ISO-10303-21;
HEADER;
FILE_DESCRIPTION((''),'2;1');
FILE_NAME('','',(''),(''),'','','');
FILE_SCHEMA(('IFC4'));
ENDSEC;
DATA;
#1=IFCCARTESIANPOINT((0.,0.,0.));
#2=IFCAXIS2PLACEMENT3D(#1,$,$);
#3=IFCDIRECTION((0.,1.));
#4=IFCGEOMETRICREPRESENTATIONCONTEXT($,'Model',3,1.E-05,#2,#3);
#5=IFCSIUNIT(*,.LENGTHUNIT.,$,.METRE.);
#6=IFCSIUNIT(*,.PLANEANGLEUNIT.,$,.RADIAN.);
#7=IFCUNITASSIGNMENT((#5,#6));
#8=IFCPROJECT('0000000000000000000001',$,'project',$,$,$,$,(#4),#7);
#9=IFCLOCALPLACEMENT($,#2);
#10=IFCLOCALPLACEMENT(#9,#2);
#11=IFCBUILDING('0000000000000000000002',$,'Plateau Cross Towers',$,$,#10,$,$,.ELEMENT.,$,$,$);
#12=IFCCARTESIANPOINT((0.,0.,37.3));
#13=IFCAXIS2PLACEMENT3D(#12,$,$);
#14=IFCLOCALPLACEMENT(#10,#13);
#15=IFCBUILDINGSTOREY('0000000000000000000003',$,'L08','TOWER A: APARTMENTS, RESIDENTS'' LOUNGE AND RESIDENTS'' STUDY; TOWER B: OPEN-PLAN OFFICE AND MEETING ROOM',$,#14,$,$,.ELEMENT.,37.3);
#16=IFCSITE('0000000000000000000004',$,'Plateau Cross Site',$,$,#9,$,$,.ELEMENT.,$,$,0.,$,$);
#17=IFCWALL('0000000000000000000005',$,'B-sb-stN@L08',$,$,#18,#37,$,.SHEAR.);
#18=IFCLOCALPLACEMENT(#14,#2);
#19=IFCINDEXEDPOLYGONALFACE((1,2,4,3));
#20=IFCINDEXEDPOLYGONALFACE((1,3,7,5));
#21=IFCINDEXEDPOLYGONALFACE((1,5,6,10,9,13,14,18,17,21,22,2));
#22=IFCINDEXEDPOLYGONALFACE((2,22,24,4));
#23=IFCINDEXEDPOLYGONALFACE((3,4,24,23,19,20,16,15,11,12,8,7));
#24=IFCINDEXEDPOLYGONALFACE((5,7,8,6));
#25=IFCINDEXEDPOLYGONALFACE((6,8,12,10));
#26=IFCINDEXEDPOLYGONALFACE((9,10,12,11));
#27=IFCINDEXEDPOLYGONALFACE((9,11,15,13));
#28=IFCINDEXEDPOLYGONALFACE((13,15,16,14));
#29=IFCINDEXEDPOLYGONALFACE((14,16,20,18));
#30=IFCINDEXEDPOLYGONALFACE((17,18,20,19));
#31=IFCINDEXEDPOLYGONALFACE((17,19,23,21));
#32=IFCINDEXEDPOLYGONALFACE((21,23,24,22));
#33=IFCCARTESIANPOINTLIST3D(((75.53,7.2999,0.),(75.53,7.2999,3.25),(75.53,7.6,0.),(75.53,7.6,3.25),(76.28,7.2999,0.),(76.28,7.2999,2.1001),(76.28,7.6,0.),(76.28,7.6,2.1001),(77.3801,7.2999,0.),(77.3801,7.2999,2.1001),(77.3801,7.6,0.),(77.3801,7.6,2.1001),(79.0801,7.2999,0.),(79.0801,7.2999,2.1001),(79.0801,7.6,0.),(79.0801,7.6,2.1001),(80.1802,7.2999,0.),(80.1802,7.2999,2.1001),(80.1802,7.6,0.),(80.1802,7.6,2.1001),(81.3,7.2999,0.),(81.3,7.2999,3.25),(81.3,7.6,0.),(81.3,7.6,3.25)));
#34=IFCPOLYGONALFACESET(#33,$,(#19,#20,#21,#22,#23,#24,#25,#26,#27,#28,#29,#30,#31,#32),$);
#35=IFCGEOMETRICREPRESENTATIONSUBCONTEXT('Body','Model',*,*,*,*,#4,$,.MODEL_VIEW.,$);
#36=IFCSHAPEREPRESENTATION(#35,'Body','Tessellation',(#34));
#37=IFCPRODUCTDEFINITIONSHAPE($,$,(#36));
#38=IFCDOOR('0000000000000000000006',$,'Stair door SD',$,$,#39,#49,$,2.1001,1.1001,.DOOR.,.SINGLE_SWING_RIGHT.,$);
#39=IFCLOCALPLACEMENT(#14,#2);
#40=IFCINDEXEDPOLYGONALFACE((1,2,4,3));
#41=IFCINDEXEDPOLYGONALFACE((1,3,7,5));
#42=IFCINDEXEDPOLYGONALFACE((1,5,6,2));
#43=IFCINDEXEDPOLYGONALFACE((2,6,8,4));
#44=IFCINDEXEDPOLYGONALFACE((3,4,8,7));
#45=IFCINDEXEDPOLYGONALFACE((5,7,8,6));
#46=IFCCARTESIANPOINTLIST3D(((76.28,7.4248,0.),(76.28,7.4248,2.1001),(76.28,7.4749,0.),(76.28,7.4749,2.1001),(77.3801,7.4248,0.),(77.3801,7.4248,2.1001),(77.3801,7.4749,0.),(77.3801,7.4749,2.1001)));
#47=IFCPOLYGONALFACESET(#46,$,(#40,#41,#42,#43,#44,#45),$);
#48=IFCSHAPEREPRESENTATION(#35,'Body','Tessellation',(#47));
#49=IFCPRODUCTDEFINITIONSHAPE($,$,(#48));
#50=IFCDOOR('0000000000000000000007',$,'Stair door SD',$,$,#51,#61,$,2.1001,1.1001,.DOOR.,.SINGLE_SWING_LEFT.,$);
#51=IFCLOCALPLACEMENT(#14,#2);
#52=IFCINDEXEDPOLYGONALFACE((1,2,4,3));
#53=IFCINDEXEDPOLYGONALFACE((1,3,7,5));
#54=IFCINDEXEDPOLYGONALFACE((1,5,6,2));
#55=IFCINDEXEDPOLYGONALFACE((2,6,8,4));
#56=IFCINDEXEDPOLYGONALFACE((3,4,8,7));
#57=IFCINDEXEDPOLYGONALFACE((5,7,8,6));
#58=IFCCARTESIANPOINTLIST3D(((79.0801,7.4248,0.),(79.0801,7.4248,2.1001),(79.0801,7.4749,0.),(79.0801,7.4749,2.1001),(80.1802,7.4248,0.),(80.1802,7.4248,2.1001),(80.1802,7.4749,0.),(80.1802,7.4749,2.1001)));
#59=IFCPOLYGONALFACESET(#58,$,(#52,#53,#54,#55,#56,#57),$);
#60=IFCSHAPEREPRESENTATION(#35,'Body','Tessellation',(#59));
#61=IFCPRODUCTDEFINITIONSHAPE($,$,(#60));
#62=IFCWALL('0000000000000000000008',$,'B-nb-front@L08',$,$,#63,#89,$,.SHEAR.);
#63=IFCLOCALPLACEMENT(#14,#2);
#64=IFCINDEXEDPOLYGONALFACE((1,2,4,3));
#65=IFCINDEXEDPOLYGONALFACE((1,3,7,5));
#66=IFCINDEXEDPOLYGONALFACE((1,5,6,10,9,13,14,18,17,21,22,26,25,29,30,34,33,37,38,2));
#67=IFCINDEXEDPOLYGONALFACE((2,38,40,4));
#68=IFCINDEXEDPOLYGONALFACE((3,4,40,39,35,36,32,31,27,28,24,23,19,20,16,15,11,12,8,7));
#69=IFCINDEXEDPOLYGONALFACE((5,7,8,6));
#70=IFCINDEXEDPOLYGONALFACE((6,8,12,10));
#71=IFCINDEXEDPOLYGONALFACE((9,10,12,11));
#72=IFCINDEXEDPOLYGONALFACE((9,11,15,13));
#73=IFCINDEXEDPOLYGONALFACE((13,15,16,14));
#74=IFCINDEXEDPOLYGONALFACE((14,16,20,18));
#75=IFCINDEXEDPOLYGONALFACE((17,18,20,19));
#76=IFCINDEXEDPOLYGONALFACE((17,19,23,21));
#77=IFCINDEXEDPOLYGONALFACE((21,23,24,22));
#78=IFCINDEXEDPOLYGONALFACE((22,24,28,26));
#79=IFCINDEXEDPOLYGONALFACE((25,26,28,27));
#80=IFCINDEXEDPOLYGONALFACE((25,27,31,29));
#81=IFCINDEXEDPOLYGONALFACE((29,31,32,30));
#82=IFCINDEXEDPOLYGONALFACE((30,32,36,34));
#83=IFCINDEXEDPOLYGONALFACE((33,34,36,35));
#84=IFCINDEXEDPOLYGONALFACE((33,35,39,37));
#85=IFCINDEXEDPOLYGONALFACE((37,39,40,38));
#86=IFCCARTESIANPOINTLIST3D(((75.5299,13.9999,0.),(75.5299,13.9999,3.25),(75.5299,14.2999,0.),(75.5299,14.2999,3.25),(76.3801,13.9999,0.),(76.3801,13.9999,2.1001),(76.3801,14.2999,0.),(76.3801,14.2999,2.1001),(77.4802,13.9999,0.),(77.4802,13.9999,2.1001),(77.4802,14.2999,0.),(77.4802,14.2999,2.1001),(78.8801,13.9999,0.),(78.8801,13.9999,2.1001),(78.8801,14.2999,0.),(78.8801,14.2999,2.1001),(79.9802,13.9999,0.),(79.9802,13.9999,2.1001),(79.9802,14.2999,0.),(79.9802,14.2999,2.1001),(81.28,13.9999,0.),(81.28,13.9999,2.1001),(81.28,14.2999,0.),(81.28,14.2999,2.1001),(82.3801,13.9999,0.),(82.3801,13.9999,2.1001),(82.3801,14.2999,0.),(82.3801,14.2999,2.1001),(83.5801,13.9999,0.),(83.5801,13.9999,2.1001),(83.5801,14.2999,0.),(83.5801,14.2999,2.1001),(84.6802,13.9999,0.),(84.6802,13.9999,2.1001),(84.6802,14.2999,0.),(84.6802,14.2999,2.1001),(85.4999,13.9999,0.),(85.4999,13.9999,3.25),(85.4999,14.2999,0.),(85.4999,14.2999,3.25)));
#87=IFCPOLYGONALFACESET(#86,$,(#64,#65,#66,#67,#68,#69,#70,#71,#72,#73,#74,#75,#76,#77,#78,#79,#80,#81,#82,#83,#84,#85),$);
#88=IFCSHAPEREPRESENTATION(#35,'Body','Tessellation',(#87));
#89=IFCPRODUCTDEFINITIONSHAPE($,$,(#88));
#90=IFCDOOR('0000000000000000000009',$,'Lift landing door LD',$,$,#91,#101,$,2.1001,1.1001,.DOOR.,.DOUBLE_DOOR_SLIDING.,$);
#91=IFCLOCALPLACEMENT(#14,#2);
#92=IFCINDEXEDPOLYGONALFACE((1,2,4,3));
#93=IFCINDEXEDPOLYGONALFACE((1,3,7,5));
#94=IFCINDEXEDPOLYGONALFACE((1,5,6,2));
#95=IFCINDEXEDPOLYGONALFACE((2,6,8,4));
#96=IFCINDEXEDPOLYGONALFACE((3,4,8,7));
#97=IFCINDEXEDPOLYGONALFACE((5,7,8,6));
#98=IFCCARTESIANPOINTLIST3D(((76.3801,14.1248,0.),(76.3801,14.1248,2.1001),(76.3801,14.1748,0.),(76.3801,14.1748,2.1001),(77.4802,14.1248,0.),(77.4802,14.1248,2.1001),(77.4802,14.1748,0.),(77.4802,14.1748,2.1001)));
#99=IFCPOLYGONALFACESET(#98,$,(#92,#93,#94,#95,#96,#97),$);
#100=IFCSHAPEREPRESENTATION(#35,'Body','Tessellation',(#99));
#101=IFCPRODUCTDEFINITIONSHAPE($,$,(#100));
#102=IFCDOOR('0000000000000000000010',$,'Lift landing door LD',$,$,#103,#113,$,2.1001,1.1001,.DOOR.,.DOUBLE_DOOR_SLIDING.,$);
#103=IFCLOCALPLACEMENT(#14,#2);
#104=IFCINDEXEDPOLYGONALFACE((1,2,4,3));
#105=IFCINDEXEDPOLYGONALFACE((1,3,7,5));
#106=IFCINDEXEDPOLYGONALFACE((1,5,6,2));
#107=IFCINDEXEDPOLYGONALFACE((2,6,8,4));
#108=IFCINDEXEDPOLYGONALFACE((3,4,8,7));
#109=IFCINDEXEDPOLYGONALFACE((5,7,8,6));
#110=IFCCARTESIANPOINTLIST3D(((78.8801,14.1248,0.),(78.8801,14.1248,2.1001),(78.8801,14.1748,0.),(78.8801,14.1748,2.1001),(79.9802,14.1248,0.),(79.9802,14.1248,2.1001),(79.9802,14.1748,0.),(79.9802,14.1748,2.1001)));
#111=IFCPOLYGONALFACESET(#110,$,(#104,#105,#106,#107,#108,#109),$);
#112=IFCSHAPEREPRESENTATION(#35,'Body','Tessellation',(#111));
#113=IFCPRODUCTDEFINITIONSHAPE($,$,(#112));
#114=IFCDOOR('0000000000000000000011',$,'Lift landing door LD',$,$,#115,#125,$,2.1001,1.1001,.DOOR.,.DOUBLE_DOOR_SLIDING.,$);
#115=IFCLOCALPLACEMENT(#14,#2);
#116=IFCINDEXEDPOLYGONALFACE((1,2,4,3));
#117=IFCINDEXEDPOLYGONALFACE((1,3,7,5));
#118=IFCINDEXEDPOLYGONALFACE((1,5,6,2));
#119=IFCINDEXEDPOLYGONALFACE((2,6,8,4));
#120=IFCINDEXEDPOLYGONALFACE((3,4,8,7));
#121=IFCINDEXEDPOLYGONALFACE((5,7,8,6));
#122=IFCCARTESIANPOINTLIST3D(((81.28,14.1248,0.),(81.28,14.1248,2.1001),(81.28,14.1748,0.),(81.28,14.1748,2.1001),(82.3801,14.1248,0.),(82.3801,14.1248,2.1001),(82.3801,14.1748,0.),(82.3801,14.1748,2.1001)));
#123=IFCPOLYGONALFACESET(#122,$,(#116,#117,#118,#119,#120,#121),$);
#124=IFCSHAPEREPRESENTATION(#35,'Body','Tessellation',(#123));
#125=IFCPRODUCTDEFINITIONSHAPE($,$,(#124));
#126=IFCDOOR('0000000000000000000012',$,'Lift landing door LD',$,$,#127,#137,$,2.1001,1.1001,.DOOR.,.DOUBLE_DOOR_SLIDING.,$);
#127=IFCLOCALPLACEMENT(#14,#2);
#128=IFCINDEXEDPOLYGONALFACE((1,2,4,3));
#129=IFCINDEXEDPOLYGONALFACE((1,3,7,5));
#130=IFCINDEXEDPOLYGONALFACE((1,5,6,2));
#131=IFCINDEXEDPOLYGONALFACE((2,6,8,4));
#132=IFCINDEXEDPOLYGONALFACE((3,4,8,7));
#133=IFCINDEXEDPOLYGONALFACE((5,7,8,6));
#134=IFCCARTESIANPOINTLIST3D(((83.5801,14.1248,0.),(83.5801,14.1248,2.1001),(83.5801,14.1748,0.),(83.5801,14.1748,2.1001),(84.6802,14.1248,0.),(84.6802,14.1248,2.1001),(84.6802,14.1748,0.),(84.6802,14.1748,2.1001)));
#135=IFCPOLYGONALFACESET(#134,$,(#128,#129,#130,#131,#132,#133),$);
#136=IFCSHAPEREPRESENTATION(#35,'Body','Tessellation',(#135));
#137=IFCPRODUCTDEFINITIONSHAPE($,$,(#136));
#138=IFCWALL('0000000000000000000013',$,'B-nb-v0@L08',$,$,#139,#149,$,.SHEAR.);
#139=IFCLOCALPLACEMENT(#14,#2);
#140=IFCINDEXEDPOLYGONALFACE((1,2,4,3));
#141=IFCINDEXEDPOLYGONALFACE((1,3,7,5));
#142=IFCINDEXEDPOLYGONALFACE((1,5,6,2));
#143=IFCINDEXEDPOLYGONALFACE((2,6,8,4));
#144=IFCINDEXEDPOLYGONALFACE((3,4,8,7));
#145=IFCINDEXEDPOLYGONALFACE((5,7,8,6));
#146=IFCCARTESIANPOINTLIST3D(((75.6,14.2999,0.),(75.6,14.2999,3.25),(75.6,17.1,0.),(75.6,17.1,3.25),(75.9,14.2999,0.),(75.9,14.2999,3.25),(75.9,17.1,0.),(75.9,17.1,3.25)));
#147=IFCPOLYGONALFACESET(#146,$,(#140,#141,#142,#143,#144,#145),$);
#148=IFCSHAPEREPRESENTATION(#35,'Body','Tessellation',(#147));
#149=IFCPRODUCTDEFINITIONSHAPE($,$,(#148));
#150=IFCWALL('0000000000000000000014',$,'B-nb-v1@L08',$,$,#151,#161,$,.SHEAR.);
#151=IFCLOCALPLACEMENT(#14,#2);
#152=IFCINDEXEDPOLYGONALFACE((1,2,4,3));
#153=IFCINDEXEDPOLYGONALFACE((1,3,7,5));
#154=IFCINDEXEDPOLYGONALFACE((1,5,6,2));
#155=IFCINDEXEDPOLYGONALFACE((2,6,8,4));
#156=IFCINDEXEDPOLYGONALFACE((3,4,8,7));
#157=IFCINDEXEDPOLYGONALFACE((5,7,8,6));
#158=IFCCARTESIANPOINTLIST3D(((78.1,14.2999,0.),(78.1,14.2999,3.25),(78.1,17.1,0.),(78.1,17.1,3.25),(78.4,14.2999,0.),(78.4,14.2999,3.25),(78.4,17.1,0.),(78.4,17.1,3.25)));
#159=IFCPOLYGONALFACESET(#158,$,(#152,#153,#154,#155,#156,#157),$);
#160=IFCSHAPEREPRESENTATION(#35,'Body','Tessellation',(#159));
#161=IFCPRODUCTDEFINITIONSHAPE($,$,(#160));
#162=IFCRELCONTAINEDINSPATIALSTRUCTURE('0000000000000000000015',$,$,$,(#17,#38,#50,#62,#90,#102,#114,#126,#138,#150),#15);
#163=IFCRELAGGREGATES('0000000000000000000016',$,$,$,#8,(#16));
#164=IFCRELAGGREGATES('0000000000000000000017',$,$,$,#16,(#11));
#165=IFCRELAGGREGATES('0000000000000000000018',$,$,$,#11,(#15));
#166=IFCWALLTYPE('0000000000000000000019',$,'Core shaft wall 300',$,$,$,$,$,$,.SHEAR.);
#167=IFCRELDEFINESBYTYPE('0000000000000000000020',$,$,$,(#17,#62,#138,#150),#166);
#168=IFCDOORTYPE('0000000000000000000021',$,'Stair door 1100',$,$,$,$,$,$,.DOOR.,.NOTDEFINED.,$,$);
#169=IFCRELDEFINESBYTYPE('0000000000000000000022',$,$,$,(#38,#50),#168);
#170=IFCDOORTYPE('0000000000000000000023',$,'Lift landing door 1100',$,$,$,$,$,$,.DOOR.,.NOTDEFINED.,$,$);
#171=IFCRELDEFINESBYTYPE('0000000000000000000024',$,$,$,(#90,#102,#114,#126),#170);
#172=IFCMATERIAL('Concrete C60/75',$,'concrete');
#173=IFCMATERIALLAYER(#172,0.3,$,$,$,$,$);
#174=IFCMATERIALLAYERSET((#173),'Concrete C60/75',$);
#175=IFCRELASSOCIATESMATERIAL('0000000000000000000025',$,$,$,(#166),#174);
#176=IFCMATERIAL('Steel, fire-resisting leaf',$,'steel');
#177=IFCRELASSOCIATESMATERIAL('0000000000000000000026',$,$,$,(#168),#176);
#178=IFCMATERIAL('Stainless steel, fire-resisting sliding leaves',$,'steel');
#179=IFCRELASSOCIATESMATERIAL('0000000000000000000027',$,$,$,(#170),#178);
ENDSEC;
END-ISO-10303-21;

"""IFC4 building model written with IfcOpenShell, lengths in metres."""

from ifc_helpers import new_model, si_unit, direction, frame, frame_2d, origin, place, context, subcontext, project, spatial, rectangle, extrude, material, layer, layer_set, type_object, element, fill, save


model = new_model("IFC4")

# Units and contexts
model_context = context("Model", 3, precision=1e-05, world=origin(), true_north=direction((0.0, 1.0)))
body_context = subcontext(model_context, "Body", "Model", "MODEL_VIEW")
ifc_project = project(units=[si_unit("LENGTHUNIT", "METRE"), si_unit("PLANEANGLEUNIT", "RADIAN")], contexts=[model_context])

# Site, building, storey
site_placement = place(None, origin())
site = spatial("IfcSite", under=ifc_project, at=site_placement, Name="Plateau Cross Site", CompositionType="ELEMENT", RefElevation=0.0)
building_placement = place(site_placement, origin())
building = spatial("IfcBuilding", under=site, at=building_placement, Name="Plateau Cross Towers", CompositionType="ELEMENT")
storey_placement = place(building_placement, frame((0.0, 0.0, 37.3)))
storey = spatial("IfcBuildingStorey", under=building, at=storey_placement, Name="L08", Description="TOWER A: APARTMENTS, RESIDENTS' LOUNGE AND RESIDENTS' STUDY; TOWER B: OPEN-PLAN OFFICE AND MEETING ROOM", CompositionType="ELEMENT", Elevation=37.3)

# Shared definitions
ifc_material_1 = material(Name="Concrete C60/75", Category="concrete")

# Shared definitions
ifc_material_2 = material(Name="Steel, fire-resisting leaf", Category="steel")

# Walls, openings, doors
ifc_layer_1 = layer(ifc_material_1, 0.3)
ifc_layer_set_1 = layer_set([ifc_layer_1], Name="Concrete C60/75")
wall_type_1 = type_object("IfcWallType", Name="Core shaft wall 300", PredefinedType="SHEAR", material=ifc_layer_set_1)
wall_1_placement = place(storey_placement, frame((75.53, 7.45, 0.0), z_axis=(0.0, 0.0, 1.0), x_axis=(1.0, 0.0, 0.0)))
wall_1 = element("IfcWall", 1, at=wall_1_placement, inside=storey, type_object=wall_type_1, Name="B-sb-stN@L08", PredefinedType="SHEAR", context=body_context, shape_type="SweptSolid", body=[
    extrude(rectangle(XDim=5.77, YDim=0.3, at=frame_2d((2.885, 0.0))), origin(), (0.0, 0.0, 1.0), 3.25),
])
opening_1_placement = place(wall_1_placement, frame((0.75, 0.0, 0.0)))
opening_1 = element("IfcOpeningElement", 2, at=opening_1_placement, cuts=wall_1, PredefinedType="OPENING", context=body_context, shape_type="SweptSolid", body=[
    extrude(rectangle(XDim=1.1001, YDim=2.1001, at=frame_2d((0.55, 1.05))), frame((0.0, 0.1599, 0.0), z_axis=(0.0, -1.0, 0.0), x_axis=(1.0, 0.0, 0.0)), (0.0, 0.0, 1.0), 0.3201),
])
opening_2_placement = place(wall_1_placement, frame((3.55, 0.0, 0.0)))
opening_2 = element("IfcOpeningElement", 3, at=opening_2_placement, cuts=wall_1, PredefinedType="OPENING", context=body_context, shape_type="SweptSolid", body=[
    extrude(rectangle(XDim=1.1001, YDim=2.1001, at=frame_2d((0.55, 1.05))), frame((0.0, 0.1599, 0.0), z_axis=(0.0, -1.0, 0.0), x_axis=(1.0, 0.0, 0.0)), (0.0, 0.0, 1.0), 0.3201),
])
door_type_1 = type_object("IfcDoorType", Name="Stair door 1100", OperationType="NOTDEFINED", PredefinedType="DOOR", material=ifc_material_2)
door_1_placement = place(opening_1_placement, origin())
door_1 = element("IfcDoor", 4, at=door_1_placement, inside=storey, type_object=door_type_1, Name="Stair door SD", OperationType="SINGLE_SWING_RIGHT", OverallHeight=2.1001, OverallWidth=1.1001, PredefinedType="DOOR", context=body_context, shape_type="SweptSolid", body=[
    extrude(rectangle(XDim=1.1001, YDim=2.1001, at=frame_2d((0.55, 1.05))), frame((0.0, 0.0249, 0.0), z_axis=(0.0, -1.0, 0.0), x_axis=(1.0, 0.0, 0.0)), (0.0, 0.0, 1.0), 0.05),
])
fill(opening_1, door_1)
door_2_placement = place(opening_2_placement, origin())
door_2 = element("IfcDoor", 5, at=door_2_placement, inside=storey, type_object=door_type_1, Name="Stair door SD", OperationType="SINGLE_SWING_LEFT", OverallHeight=2.1001, OverallWidth=1.1001, PredefinedType="DOOR", context=body_context, shape_type="SweptSolid", body=[
    extrude(rectangle(XDim=1.1001, YDim=2.1001, at=frame_2d((0.55, 1.05))), frame((0.0, 0.0249, 0.0), z_axis=(0.0, -1.0, 0.0), x_axis=(1.0, 0.0, 0.0)), (0.0, 0.0, 1.0), 0.05),
])
fill(opening_2, door_2)
wall_2_placement = place(storey_placement, frame((75.53, 14.1499, 0.0), z_axis=(0.0, 0.0, 1.0), x_axis=(1.0, 0.0, 0.0)))
wall_2 = element("IfcWall", 6, at=wall_2_placement, inside=storey, type_object=wall_type_1, Name="B-nb-front@L08", PredefinedType="SHEAR", context=body_context, shape_type="SweptSolid", body=[
    extrude(rectangle(XDim=9.97, YDim=0.3, at=frame_2d((4.9849, 0.0))), origin(), (0.0, 0.0, 1.0), 3.25),
])
opening_3_placement = place(wall_2_placement, frame((0.8501, 0.0, 0.0)))
opening_3 = element("IfcOpeningElement", 7, at=opening_3_placement, cuts=wall_2, PredefinedType="OPENING", context=body_context, shape_type="SweptSolid", body=[
    extrude(rectangle(XDim=1.1001, YDim=2.1001, at=frame_2d((0.55, 1.05))), frame((0.0, 0.1599, 0.0), z_axis=(0.0, -1.0, 0.0), x_axis=(1.0, 0.0, 0.0)), (0.0, 0.0, 1.0), 0.3201),
])
opening_4_placement = place(wall_2_placement, frame((3.3501, 0.0, 0.0)))
opening_4 = element("IfcOpeningElement", 8, at=opening_4_placement, cuts=wall_2, PredefinedType="OPENING", context=body_context, shape_type="SweptSolid", body=[
    extrude(rectangle(XDim=1.1001, YDim=2.1001, at=frame_2d((0.55, 1.05))), frame((0.0, 0.1599, 0.0), z_axis=(0.0, -1.0, 0.0), x_axis=(1.0, 0.0, 0.0)), (0.0, 0.0, 1.0), 0.3201),
])
opening_5_placement = place(wall_2_placement, frame((5.75, 0.0, 0.0)))
opening_5 = element("IfcOpeningElement", 9, at=opening_5_placement, cuts=wall_2, PredefinedType="OPENING", context=body_context, shape_type="SweptSolid", body=[
    extrude(rectangle(XDim=1.1001, YDim=2.1001, at=frame_2d((0.55, 1.05))), frame((0.0, 0.1599, 0.0), z_axis=(0.0, -1.0, 0.0), x_axis=(1.0, 0.0, 0.0)), (0.0, 0.0, 1.0), 0.3201),
])
opening_6_placement = place(wall_2_placement, frame((8.05, 0.0, 0.0)))
opening_6 = element("IfcOpeningElement", 10, at=opening_6_placement, cuts=wall_2, PredefinedType="OPENING", context=body_context, shape_type="SweptSolid", body=[
    extrude(rectangle(XDim=1.1001, YDim=2.1001, at=frame_2d((0.55, 1.05))), frame((0.0, 0.1599, 0.0), z_axis=(0.0, -1.0, 0.0), x_axis=(1.0, 0.0, 0.0)), (0.0, 0.0, 1.0), 0.3201),
])
ifc_material_3 = material(Name="Stainless steel, fire-resisting sliding leaves", Category="steel")
door_type_2 = type_object("IfcDoorType", Name="Lift landing door 1100", OperationType="NOTDEFINED", PredefinedType="DOOR", material=ifc_material_3)
door_3_placement = place(opening_3_placement, origin())
door_3 = element("IfcDoor", 11, at=door_3_placement, inside=storey, type_object=door_type_2, Name="Lift landing door LD", OperationType="DOUBLE_DOOR_SLIDING", OverallHeight=2.1001, OverallWidth=1.1001, PredefinedType="DOOR", context=body_context, shape_type="SweptSolid", body=[
    extrude(rectangle(XDim=1.1001, YDim=2.1001, at=frame_2d((0.55, 1.05))), frame((0.0, 0.0249, 0.0), z_axis=(0.0, -1.0, 0.0), x_axis=(1.0, 0.0, 0.0)), (0.0, 0.0, 1.0), 0.05),
])
fill(opening_3, door_3)
door_4_placement = place(opening_4_placement, origin())
door_4 = element("IfcDoor", 12, at=door_4_placement, inside=storey, type_object=door_type_2, Name="Lift landing door LD", OperationType="DOUBLE_DOOR_SLIDING", OverallHeight=2.1001, OverallWidth=1.1001, PredefinedType="DOOR", context=body_context, shape_type="SweptSolid", body=[
    extrude(rectangle(XDim=1.1001, YDim=2.1001, at=frame_2d((0.55, 1.05))), frame((0.0, 0.0249, 0.0), z_axis=(0.0, -1.0, 0.0), x_axis=(1.0, 0.0, 0.0)), (0.0, 0.0, 1.0), 0.05),
])
fill(opening_4, door_4)
door_5_placement = place(opening_5_placement, origin())
door_5 = element("IfcDoor", 13, at=door_5_placement, inside=storey, type_object=door_type_2, Name="Lift landing door LD", OperationType="DOUBLE_DOOR_SLIDING", OverallHeight=2.1001, OverallWidth=1.1001, PredefinedType="DOOR", context=body_context, shape_type="SweptSolid", body=[
    extrude(rectangle(XDim=1.1001, YDim=2.1001, at=frame_2d((0.55, 1.05))), frame((0.0, 0.0249, 0.0), z_axis=(0.0, -1.0, 0.0), x_axis=(1.0, 0.0, 0.0)), (0.0, 0.0, 1.0), 0.05),
])
fill(opening_5, door_5)
door_6_placement = place(opening_6_placement, origin())
door_6 = element("IfcDoor", 14, at=door_6_placement, inside=storey, type_object=door_type_2, Name="Lift landing door LD", OperationType="DOUBLE_DOOR_SLIDING", OverallHeight=2.1001, OverallWidth=1.1001, PredefinedType="DOOR", context=body_context, shape_type="SweptSolid", body=[
    extrude(rectangle(XDim=1.1001, YDim=2.1001, at=frame_2d((0.55, 1.05))), frame((0.0, 0.0249, 0.0), z_axis=(0.0, -1.0, 0.0), x_axis=(1.0, 0.0, 0.0)), (0.0, 0.0, 1.0), 0.05),
])
fill(opening_6, door_6)

# Walls
for number, where, z_axis, x_axis, name in (
    (15, (75.75, 14.3, 0.0), (0.0, 0.0, 1.0), (0.0, 1.0, 0.0), "B-nb-v0@L08"),
    (16, (78.25, 14.3, 0.0), (0.0, 0.0, 1.0), (0.0, 1.0, 0.0), "B-nb-v1@L08"),
):
    element("IfcWall", number, at=place(storey_placement, frame(where, z_axis=z_axis, x_axis=x_axis)), inside=storey, type_object=wall_type_1, Name=name, PredefinedType="SHEAR", context=body_context, shape_type="SweptSolid", body=[
        extrude(rectangle(XDim=2.8, YDim=0.3, at=frame_2d((1.3999, 0.0))), origin(), (0.0, 0.0, 1.0), 3.25),
    ])

save(model, "model.ifc")
